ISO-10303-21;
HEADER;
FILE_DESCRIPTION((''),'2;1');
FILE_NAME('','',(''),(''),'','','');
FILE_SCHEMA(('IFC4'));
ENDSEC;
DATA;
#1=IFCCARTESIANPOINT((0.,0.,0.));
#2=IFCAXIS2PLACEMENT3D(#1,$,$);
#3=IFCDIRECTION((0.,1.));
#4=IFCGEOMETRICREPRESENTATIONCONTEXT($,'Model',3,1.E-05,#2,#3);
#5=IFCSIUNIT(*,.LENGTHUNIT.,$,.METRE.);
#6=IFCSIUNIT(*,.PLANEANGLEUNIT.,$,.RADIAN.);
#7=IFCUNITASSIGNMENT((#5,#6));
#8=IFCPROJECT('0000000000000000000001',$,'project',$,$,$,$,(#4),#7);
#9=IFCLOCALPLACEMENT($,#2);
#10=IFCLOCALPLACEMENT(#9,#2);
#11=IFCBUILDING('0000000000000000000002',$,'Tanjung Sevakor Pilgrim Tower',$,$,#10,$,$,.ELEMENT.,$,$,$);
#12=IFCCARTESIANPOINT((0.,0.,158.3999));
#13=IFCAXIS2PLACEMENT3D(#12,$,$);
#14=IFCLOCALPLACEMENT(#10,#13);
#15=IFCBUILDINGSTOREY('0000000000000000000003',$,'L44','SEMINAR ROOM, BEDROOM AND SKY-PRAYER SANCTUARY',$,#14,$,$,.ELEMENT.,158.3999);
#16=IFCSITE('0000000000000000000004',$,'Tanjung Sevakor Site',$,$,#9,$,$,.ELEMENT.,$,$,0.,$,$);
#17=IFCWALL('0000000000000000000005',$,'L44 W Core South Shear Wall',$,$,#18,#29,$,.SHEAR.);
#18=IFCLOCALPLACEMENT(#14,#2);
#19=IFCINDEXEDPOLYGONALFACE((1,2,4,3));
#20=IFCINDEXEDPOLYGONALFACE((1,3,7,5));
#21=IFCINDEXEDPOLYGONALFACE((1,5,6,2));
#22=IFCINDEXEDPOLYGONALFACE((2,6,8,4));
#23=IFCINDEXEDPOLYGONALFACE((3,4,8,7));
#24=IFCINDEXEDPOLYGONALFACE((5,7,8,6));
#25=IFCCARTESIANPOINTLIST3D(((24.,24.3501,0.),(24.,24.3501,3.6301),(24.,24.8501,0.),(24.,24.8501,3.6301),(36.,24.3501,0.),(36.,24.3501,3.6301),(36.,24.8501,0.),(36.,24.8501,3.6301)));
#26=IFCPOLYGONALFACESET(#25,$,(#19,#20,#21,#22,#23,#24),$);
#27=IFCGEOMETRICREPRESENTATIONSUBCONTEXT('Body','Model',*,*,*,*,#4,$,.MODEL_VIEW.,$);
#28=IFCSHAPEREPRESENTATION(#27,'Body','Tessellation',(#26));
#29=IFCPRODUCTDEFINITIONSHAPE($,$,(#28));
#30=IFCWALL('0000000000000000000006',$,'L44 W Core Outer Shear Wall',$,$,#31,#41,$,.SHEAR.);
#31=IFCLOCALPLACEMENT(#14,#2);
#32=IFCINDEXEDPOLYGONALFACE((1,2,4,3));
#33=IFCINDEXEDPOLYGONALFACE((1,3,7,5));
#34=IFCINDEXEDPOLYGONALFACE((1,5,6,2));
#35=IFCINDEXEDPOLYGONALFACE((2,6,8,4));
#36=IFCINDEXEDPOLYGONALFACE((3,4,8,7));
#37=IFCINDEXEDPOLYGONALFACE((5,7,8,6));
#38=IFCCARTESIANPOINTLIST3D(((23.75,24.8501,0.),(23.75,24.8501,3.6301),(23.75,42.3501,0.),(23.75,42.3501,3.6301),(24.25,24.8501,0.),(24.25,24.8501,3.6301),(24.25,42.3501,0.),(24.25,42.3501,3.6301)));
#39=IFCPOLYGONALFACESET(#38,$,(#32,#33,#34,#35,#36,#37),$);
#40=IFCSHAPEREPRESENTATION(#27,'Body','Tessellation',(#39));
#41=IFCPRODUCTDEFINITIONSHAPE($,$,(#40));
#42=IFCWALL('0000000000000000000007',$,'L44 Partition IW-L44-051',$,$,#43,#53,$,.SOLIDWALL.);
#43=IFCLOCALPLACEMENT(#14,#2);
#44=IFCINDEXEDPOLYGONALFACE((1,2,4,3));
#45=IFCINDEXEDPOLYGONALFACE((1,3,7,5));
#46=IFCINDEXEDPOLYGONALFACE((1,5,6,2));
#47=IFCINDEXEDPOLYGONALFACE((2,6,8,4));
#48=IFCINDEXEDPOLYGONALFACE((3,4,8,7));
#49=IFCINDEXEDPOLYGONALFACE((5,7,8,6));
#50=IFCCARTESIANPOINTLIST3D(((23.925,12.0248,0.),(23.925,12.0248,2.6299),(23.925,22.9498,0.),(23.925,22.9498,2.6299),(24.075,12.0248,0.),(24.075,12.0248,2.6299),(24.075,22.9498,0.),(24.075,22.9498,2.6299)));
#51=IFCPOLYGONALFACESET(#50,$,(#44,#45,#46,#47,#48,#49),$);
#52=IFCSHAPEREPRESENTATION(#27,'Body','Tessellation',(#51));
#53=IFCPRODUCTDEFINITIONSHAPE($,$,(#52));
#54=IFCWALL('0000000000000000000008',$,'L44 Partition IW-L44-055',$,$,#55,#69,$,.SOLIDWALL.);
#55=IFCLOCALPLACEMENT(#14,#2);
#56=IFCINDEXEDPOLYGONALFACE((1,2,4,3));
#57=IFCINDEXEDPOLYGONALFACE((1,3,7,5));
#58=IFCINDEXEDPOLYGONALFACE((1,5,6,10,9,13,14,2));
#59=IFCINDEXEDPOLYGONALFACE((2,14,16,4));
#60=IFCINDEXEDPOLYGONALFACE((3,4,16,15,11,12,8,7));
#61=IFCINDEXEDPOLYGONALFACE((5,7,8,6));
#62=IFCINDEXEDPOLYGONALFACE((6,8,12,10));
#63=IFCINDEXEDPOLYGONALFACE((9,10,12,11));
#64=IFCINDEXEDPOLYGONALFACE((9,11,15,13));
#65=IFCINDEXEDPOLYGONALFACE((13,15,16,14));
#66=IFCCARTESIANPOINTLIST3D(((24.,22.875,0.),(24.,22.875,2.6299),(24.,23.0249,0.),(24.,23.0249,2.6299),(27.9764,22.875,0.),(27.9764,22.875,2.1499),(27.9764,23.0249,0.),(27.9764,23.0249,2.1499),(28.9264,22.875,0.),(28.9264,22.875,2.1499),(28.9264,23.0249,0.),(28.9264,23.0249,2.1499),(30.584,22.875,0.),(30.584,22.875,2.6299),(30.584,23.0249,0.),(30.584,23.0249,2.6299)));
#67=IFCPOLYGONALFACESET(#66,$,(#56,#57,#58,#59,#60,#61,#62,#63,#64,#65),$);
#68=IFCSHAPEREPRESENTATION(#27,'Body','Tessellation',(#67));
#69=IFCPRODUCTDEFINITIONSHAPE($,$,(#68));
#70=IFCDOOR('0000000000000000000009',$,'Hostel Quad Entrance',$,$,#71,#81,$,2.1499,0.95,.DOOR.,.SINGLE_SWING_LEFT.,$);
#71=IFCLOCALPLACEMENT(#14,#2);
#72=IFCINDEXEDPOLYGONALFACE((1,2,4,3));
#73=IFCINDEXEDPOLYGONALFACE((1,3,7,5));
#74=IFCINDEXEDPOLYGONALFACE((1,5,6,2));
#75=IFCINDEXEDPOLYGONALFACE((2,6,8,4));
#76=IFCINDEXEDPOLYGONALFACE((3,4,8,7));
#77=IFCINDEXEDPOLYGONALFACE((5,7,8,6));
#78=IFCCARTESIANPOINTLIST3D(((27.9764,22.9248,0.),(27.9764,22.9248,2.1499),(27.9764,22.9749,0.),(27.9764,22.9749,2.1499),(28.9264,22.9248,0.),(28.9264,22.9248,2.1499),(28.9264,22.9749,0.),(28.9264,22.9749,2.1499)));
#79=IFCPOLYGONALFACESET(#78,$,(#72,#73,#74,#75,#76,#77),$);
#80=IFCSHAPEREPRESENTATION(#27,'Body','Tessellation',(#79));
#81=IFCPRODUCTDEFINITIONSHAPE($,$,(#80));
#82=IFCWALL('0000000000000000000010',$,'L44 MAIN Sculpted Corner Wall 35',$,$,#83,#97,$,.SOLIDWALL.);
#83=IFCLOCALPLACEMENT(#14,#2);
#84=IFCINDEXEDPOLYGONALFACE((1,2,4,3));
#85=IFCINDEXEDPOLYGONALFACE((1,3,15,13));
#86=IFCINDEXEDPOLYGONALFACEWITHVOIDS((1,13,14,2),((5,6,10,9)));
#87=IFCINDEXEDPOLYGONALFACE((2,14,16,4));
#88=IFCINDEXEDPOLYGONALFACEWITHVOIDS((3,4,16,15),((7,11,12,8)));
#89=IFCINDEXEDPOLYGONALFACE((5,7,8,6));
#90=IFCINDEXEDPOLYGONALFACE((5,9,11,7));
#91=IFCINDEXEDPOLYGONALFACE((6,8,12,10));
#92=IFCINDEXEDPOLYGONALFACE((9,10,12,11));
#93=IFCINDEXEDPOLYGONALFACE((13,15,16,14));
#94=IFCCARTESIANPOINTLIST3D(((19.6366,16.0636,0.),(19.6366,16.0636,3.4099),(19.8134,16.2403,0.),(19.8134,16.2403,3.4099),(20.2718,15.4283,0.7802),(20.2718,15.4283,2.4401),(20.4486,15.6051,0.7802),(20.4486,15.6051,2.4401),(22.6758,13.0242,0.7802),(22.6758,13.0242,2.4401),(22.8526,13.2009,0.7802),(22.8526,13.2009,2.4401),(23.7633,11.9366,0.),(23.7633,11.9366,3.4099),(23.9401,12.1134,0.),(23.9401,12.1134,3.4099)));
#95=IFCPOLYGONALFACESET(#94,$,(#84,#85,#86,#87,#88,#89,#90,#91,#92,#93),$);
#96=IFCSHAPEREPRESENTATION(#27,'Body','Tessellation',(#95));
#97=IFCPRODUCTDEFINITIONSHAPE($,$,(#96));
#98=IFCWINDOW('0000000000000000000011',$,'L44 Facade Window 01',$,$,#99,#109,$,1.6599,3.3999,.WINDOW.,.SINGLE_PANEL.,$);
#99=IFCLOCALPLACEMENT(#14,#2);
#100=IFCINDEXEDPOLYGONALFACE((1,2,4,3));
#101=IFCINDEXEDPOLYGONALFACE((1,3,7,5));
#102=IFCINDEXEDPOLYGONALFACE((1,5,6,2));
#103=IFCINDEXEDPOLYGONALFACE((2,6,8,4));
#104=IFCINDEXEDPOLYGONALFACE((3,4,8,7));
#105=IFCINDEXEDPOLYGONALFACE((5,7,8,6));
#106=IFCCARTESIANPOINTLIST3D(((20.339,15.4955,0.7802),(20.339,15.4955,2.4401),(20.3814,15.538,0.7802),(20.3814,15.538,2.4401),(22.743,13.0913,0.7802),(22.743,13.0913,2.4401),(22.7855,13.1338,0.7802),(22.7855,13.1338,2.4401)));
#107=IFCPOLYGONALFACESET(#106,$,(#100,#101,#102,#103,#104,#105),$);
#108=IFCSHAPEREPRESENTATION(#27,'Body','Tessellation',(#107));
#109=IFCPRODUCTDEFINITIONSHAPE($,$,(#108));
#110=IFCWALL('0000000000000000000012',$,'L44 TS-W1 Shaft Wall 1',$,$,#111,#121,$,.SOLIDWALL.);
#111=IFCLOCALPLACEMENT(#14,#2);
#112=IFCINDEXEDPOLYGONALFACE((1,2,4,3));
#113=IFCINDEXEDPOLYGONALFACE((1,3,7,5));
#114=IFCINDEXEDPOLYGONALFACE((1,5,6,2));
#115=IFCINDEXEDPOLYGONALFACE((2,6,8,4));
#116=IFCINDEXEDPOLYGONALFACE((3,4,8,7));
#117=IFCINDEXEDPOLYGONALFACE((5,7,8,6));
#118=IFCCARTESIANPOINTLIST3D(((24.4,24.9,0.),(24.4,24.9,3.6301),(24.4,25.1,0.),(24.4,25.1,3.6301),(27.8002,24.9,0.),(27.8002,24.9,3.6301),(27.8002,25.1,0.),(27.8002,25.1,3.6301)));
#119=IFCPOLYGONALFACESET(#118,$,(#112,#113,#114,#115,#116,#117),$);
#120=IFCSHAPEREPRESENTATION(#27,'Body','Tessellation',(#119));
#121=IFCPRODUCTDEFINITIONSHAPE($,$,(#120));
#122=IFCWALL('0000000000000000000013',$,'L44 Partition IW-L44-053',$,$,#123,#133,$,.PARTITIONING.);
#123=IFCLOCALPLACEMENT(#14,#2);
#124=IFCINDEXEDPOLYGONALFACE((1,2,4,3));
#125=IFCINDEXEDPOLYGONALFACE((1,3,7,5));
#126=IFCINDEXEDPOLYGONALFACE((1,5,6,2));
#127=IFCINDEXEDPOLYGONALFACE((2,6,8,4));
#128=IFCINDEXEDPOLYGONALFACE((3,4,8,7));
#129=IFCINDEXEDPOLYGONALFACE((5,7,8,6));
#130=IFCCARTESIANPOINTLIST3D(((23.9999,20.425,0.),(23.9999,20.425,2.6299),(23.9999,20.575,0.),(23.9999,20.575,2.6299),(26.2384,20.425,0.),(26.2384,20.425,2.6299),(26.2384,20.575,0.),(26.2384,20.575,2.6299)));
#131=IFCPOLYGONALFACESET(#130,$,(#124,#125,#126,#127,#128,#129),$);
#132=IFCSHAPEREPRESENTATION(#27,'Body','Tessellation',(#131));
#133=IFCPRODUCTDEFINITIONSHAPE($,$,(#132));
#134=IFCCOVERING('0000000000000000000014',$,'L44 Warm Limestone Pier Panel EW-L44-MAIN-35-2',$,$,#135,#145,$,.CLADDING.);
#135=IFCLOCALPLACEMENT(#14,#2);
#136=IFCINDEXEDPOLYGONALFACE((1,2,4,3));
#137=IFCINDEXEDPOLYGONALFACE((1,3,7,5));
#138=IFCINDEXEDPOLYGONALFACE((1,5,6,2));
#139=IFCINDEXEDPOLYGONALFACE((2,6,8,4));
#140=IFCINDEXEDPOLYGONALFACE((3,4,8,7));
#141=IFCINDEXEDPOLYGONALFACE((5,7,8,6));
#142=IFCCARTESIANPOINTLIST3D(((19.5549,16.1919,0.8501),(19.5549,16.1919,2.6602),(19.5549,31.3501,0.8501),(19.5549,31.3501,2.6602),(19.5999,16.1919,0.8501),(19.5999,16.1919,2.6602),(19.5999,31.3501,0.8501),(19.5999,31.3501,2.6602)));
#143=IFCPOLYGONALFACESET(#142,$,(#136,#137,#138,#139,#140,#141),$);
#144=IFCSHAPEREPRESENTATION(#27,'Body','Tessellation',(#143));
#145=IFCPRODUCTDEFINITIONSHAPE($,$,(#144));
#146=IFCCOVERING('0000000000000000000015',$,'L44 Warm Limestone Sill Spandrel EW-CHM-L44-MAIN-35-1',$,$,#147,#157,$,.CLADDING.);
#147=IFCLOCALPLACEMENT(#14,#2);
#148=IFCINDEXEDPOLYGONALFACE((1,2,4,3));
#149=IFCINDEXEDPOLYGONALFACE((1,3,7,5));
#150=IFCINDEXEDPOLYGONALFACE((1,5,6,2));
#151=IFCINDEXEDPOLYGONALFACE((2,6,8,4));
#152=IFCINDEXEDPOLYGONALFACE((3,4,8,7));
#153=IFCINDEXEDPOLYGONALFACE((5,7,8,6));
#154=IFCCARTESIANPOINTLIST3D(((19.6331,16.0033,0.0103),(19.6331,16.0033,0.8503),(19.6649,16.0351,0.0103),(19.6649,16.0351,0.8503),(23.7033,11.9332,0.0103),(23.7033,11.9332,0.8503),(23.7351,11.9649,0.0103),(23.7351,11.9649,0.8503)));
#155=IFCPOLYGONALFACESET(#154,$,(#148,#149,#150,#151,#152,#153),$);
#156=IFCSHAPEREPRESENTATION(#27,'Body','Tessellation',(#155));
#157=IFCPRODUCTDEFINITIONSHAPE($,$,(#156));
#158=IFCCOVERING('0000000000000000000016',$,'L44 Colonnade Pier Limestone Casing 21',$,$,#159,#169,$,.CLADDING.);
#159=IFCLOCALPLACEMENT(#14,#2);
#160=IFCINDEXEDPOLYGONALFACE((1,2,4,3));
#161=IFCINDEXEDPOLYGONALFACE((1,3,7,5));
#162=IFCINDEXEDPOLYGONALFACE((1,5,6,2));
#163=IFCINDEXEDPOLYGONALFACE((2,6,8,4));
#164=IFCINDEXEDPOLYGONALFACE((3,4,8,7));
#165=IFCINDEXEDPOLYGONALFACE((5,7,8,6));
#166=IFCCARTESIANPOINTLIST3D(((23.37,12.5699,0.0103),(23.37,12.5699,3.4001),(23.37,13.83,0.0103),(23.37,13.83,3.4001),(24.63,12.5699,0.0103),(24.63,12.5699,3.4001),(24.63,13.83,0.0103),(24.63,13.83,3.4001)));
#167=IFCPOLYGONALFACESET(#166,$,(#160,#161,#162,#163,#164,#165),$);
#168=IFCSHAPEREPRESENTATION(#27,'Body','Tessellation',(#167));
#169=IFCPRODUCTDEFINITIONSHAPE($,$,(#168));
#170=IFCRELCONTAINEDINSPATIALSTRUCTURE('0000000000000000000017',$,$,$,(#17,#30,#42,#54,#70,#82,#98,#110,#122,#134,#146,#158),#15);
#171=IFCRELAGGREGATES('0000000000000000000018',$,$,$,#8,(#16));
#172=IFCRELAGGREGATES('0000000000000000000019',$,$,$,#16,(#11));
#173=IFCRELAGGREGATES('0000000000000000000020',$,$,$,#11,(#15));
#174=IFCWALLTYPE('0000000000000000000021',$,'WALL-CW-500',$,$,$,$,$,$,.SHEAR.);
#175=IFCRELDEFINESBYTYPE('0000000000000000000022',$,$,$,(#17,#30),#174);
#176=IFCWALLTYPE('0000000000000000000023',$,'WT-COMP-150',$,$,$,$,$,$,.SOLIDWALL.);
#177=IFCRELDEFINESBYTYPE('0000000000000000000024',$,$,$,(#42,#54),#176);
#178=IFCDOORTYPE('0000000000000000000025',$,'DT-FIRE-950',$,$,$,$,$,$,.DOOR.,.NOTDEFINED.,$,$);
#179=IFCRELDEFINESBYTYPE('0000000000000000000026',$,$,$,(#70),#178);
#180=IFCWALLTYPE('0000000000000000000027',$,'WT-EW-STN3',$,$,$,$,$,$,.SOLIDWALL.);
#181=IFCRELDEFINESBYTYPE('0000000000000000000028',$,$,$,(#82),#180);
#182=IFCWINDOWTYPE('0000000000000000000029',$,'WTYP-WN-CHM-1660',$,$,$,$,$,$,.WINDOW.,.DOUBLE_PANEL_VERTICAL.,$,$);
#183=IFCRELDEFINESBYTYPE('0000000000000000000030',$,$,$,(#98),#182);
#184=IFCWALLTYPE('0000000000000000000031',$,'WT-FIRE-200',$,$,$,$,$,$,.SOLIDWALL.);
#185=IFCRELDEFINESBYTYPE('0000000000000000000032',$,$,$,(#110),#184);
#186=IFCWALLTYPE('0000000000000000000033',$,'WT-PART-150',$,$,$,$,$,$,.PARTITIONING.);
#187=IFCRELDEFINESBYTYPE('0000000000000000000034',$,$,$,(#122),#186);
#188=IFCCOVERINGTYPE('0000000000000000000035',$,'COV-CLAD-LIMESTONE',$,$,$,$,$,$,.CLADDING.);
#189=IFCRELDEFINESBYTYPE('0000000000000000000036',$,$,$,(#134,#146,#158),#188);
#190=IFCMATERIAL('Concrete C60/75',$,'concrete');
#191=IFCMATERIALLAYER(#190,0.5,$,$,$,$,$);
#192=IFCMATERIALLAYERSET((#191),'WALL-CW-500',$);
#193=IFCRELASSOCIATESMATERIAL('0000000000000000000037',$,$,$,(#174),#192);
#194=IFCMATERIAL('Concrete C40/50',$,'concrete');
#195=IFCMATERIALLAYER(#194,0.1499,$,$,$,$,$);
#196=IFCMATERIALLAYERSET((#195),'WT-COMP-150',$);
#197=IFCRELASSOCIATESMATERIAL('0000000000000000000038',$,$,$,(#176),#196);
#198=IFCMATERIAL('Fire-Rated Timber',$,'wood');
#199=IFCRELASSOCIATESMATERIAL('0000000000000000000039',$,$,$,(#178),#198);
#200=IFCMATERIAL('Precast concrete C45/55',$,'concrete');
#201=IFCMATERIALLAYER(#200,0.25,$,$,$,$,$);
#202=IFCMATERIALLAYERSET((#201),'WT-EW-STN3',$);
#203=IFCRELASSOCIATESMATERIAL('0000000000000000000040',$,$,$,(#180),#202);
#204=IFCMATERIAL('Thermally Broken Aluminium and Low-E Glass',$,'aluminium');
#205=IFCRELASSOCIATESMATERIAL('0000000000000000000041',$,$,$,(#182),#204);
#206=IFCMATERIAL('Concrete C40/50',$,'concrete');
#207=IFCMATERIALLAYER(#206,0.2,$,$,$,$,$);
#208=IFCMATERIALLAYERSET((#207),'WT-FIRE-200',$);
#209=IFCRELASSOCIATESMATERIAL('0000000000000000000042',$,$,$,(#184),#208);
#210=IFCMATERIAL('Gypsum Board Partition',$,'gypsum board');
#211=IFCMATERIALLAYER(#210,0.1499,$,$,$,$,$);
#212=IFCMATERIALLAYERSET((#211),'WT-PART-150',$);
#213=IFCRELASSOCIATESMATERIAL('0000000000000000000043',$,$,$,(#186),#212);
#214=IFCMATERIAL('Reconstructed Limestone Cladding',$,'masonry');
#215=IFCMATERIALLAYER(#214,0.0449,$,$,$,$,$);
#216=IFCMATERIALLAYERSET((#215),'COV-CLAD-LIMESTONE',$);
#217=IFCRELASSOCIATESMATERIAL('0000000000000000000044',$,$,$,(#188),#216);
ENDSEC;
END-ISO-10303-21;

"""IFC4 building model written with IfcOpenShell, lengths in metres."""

from ifc_helpers import new_model, si_unit, direction, frame, frame_2d, origin, origin_2d, place, context, subcontext, project, spatial, rectangle, extrude, material, layer, layer_set, type_object, element, fill, save


model = new_model("IFC4")

# Units and contexts
model_context = context("Model", 3, precision=1e-05, world=origin(), true_north=direction((0.0, 1.0)))
body_context = subcontext(model_context, "Body", "Model", "MODEL_VIEW")
ifc_project = project(units=[si_unit("LENGTHUNIT", "METRE"), si_unit("PLANEANGLEUNIT", "RADIAN")], contexts=[model_context])

# Site, building, storey
site_placement = place(None, origin())
site = spatial("IfcSite", under=ifc_project, at=site_placement, Name="Tanjung Sevakor Site", CompositionType="ELEMENT", RefElevation=0.0)
building_placement = place(site_placement, origin())
building = spatial("IfcBuilding", under=site, at=building_placement, Name="Tanjung Sevakor Pilgrim Tower", CompositionType="ELEMENT")
storey_placement = place(building_placement, frame((0.0, 0.0, 158.3999)))
storey = spatial("IfcBuildingStorey", under=building, at=storey_placement, Name="L44", Description="SEMINAR ROOM, BEDROOM AND SKY-PRAYER SANCTUARY", CompositionType="ELEMENT", Elevation=158.3999)

# Walls
ifc_material_1 = material(Name="Concrete C60/75", Category="concrete")
ifc_layer_1 = layer(ifc_material_1, 0.5)
ifc_layer_set_1 = layer_set([ifc_layer_1], Name="WALL-CW-500")
wall_type_1 = type_object("IfcWallType", Name="WALL-CW-500", PredefinedType="SHEAR", material=ifc_layer_set_1)
wall_1_placement = place(storey_placement, frame((24.0, 24.6001, 0.0), z_axis=(0.0, 0.0, 1.0), x_axis=(1.0, 0.0, 0.0)))
element("IfcWall", 1, at=wall_1_placement, inside=storey, type_object=wall_type_1, Name="L44 W Core South Shear Wall", PredefinedType="SHEAR", context=body_context, shape_type="SweptSolid", body=[
    extrude(rectangle(XDim=12.0, YDim=0.5, at=frame_2d((6.0, 0.0))), origin(), (0.0, 0.0, 1.0), 3.6301),
])
wall_2_placement = place(storey_placement, frame((24.0, 24.8501, 0.0), z_axis=(0.0, 0.0, 1.0), x_axis=(0.0, 1.0, 0.0)))
element("IfcWall", 2, at=wall_2_placement, inside=storey, type_object=wall_type_1, Name="L44 W Core Outer Shear Wall", PredefinedType="SHEAR", context=body_context, shape_type="SweptSolid", body=[
    extrude(rectangle(XDim=17.5, YDim=0.5, at=frame_2d((8.75, 0.0))), origin(), (0.0, 0.0, 1.0), 3.6301),
])
ifc_material_2 = material(Name="Concrete C40/50", Category="concrete")
ifc_layer_2 = layer(ifc_material_2, 0.1499)
ifc_layer_set_2 = layer_set([ifc_layer_2], Name="WT-COMP-150")
wall_type_2 = type_object("IfcWallType", Name="WT-COMP-150", PredefinedType="SOLIDWALL", material=ifc_layer_set_2)
wall_3_placement = place(storey_placement, frame((24.0, 12.0249, 0.0), z_axis=(0.0, 0.0, 1.0), x_axis=(0.0, 1.0, 0.0)))
element("IfcWall", 3, at=wall_3_placement, inside=storey, type_object=wall_type_2, Name="L44 Partition IW-L44-051", PredefinedType="SOLIDWALL", context=body_context, shape_type="SweptSolid", body=[
    extrude(rectangle(XDim=10.925, YDim=0.1499, at=frame_2d((5.4624, 0.0))), origin(), (0.0, 0.0, 1.0), 2.6299),
])

# Wall, opening, door
wall_4_placement = place(storey_placement, frame((24.0, 22.95, 0.0), z_axis=(0.0, 0.0, 1.0), x_axis=(1.0, 0.0, 0.0)))
wall_4 = element("IfcWall", 4, at=wall_4_placement, inside=storey, type_object=wall_type_2, Name="L44 Partition IW-L44-055", PredefinedType="SOLIDWALL", context=body_context, shape_type="SweptSolid", body=[
    extrude(rectangle(XDim=6.584, YDim=0.1499, at=frame_2d((3.292, 0.0))), origin(), (0.0, 0.0, 1.0), 2.6299),
])
opening_1_placement = place(wall_4_placement, frame((3.9763, 0.0, 0.0)))
opening_1 = element("IfcOpeningElement", 5, at=opening_1_placement, cuts=wall_4, PredefinedType="OPENING", context=body_context, shape_type="SweptSolid", body=[
    extrude(rectangle(XDim=0.95, YDim=2.1499, at=frame_2d((0.4751, 1.075))), frame((0.0, 0.085, 0.0), z_axis=(0.0, -1.0, 0.0), x_axis=(1.0, 0.0, 0.0)), (0.0, 0.0, 1.0), 0.1699),
])
ifc_material_3 = material(Name="Fire-Rated Timber", Category="wood")
door_type = type_object("IfcDoorType", Name="DT-FIRE-950", OperationType="NOTDEFINED", PredefinedType="DOOR", material=ifc_material_3)
door_placement = place(opening_1_placement, origin())
door = element("IfcDoor", 6, at=door_placement, inside=storey, type_object=door_type, Name="Hostel Quad Entrance", OperationType="SINGLE_SWING_LEFT", OverallHeight=2.1499, OverallWidth=0.95, PredefinedType="DOOR", context=body_context, shape_type="SweptSolid", body=[
    extrude(rectangle(XDim=0.95, YDim=2.1499, at=frame_2d((0.4751, 1.075))), frame((0.0, 0.0249, 0.0), z_axis=(0.0, -1.0, 0.0), x_axis=(1.0, 0.0, 0.0)), (0.0, 0.0, 1.0), 0.05),
])
fill(opening_1, door)

# Wall, opening, window
ifc_material_4 = material(Name="Precast concrete C45/55", Category="concrete")
ifc_layer_3 = layer(ifc_material_4, 0.25)
ifc_layer_set_3 = layer_set([ifc_layer_3], Name="WT-EW-STN3")
wall_type_3 = type_object("IfcWallType", Name="WT-EW-STN3", PredefinedType="SOLIDWALL", material=ifc_layer_set_3)
wall_5_placement = place(storey_placement, frame((19.7251, 16.1519, 0.0), z_axis=(0.0, 0.0, 1.0), x_axis=(0.707086, -0.707128, 0.0)))
wall_5 = element("IfcWall", 7, at=wall_5_placement, inside=storey, type_object=wall_type_3, Name="L44 MAIN Sculpted Corner Wall 35", PredefinedType="SOLIDWALL", context=body_context, shape_type="SweptSolid", body=[
    extrude(rectangle(XDim=5.8362, YDim=0.25, at=frame_2d((2.918, 0.0))), origin(), (0.0, 0.0, 1.0), 3.4099),
])
opening_2_placement = place(wall_5_placement, frame((0.8982, 0.0, 0.78)))
opening_2 = element("IfcOpeningElement", 8, at=opening_2_placement, cuts=wall_5, PredefinedType="OPENING", context=body_context, shape_type="SweptSolid", body=[
    extrude(rectangle(XDim=3.3999, YDim=1.6599, at=frame_2d((1.7, 0.8301))), frame((0.0, 0.135, 0.0), z_axis=(0.0, -1.0, 0.0), x_axis=(1.0, 0.0, 0.0)), (0.0, 0.0, 1.0), 0.27),
])
ifc_material_5 = material(Name="Thermally Broken Aluminium and Low-E Glass", Category="aluminium")
window_type = type_object("IfcWindowType", Name="WTYP-WN-CHM-1660", PartitioningType="DOUBLE_PANEL_VERTICAL", PredefinedType="WINDOW", material=ifc_material_5)
window_placement = place(opening_2_placement, origin())
window = element("IfcWindow", 9, at=window_placement, inside=storey, type_object=window_type, Name="L44 Facade Window 01", OverallHeight=1.6599, OverallWidth=3.3999, PartitioningType="SINGLE_PANEL", PredefinedType="WINDOW", context=body_context, shape_type="SweptSolid", body=[
    extrude(rectangle(XDim=3.3999, YDim=1.6599, at=frame_2d((1.7, 0.8301))), frame((0.0, 0.03, 0.0), z_axis=(0.0, -1.0, 0.0), x_axis=(1.0, 0.0, 0.0)), (0.0, 0.0, 1.0), 0.0601),
])
fill(opening_2, window)

# Walls
ifc_material_6 = material(Name="Concrete C40/50", Category="concrete")
ifc_layer_4 = layer(ifc_material_6, 0.2)
ifc_layer_set_4 = layer_set([ifc_layer_4], Name="WT-FIRE-200")
wall_type_4 = type_object("IfcWallType", Name="WT-FIRE-200", PredefinedType="SOLIDWALL", material=ifc_layer_set_4)
wall_6_placement = place(storey_placement, frame((24.3999, 25.0, 0.0), z_axis=(0.0, 0.0, 1.0), x_axis=(1.0, 0.0, 0.0)))
element("IfcWall", 10, at=wall_6_placement, inside=storey, type_object=wall_type_4, Name="L44 TS-W1 Shaft Wall 1", PredefinedType="SOLIDWALL", context=body_context, shape_type="SweptSolid", body=[
    extrude(rectangle(XDim=3.4001, YDim=0.2, at=frame_2d((1.7002, 0.0))), origin(), (0.0, 0.0, 1.0), 3.6301),
])
ifc_material_7 = material(Name="Gypsum Board Partition", Category="gypsum board")
ifc_layer_5 = layer(ifc_material_7, 0.1499)
ifc_layer_set_5 = layer_set([ifc_layer_5], Name="WT-PART-150")
wall_type_5 = type_object("IfcWallType", Name="WT-PART-150", PredefinedType="PARTITIONING", material=ifc_layer_set_5)
wall_7_placement = place(storey_placement, frame((24.0, 20.5, 0.0), z_axis=(0.0, 0.0, 1.0), x_axis=(1.0, 0.0, 0.0)))
element("IfcWall", 11, at=wall_7_placement, inside=storey, type_object=wall_type_5, Name="L44 Partition IW-L44-053", PredefinedType="PARTITIONING", context=body_context, shape_type="SweptSolid", body=[
    extrude(rectangle(XDim=2.2385, YDim=0.1499, at=frame_2d((1.1191, 0.0))), origin(), (0.0, 0.0, 1.0), 2.6299),
])

# Coverings
ifc_material_8 = material(Name="Reconstructed Limestone Cladding", Category="masonry")
ifc_layer_6 = layer(ifc_material_8, 0.0449)
ifc_layer_set_6 = layer_set([ifc_layer_6], Name="COV-CLAD-LIMESTONE")
covering_type = type_object("IfcCoveringType", Name="COV-CLAD-LIMESTONE", PredefinedType="CLADDING", material=ifc_layer_set_6)
covering_1_placement = place(storey_placement, frame((19.5774, 23.771, 0.8501), z_axis=(0.0, 0.0, 1.0), x_axis=(0.0, -1.0, 0.0)))
element("IfcCovering", 12, at=covering_1_placement, inside=storey, type_object=covering_type, Name="L44 Warm Limestone Pier Panel EW-L44-MAIN-35-2", PredefinedType="CLADDING", context=body_context, shape_type="SweptSolid", body=[
    extrude(rectangle(XDim=15.1582, YDim=0.0449, at=origin_2d()), origin(), (0.0, 0.0, 1.0), 1.8101),
])
covering_2_placement = place(storey_placement, frame((21.6841, 13.9841, 0.0103), z_axis=(0.0, 0.0, 1.0), x_axis=(0.707107, -0.707107, 0.0)))
element("IfcCovering", 13, at=covering_2_placement, inside=storey, type_object=covering_type, Name="L44 Warm Limestone Sill Spandrel EW-CHM-L44-MAIN-35-1", PredefinedType="CLADDING", context=body_context, shape_type="SweptSolid", body=[
    extrude(rectangle(XDim=5.7561, YDim=0.0449, at=origin_2d()), origin(), (0.0, 0.0, 1.0), 0.8401),
])
covering_3_placement = place(storey_placement, frame((24.0, 13.2, 0.0103), z_axis=(0.0, 0.0, 1.0), x_axis=(1.0, 0.0, 0.0)))
element("IfcCovering", 14, at=covering_3_placement, inside=storey, type_object=covering_type, Name="L44 Colonnade Pier Limestone Casing 21", PredefinedType="CLADDING", context=body_context, shape_type="SweptSolid", body=[
    extrude(rectangle(XDim=1.26, YDim=1.26, at=origin_2d()), origin(), (0.0, 0.0, 1.0), 3.3899),
])

save(model, "model.ifc")
